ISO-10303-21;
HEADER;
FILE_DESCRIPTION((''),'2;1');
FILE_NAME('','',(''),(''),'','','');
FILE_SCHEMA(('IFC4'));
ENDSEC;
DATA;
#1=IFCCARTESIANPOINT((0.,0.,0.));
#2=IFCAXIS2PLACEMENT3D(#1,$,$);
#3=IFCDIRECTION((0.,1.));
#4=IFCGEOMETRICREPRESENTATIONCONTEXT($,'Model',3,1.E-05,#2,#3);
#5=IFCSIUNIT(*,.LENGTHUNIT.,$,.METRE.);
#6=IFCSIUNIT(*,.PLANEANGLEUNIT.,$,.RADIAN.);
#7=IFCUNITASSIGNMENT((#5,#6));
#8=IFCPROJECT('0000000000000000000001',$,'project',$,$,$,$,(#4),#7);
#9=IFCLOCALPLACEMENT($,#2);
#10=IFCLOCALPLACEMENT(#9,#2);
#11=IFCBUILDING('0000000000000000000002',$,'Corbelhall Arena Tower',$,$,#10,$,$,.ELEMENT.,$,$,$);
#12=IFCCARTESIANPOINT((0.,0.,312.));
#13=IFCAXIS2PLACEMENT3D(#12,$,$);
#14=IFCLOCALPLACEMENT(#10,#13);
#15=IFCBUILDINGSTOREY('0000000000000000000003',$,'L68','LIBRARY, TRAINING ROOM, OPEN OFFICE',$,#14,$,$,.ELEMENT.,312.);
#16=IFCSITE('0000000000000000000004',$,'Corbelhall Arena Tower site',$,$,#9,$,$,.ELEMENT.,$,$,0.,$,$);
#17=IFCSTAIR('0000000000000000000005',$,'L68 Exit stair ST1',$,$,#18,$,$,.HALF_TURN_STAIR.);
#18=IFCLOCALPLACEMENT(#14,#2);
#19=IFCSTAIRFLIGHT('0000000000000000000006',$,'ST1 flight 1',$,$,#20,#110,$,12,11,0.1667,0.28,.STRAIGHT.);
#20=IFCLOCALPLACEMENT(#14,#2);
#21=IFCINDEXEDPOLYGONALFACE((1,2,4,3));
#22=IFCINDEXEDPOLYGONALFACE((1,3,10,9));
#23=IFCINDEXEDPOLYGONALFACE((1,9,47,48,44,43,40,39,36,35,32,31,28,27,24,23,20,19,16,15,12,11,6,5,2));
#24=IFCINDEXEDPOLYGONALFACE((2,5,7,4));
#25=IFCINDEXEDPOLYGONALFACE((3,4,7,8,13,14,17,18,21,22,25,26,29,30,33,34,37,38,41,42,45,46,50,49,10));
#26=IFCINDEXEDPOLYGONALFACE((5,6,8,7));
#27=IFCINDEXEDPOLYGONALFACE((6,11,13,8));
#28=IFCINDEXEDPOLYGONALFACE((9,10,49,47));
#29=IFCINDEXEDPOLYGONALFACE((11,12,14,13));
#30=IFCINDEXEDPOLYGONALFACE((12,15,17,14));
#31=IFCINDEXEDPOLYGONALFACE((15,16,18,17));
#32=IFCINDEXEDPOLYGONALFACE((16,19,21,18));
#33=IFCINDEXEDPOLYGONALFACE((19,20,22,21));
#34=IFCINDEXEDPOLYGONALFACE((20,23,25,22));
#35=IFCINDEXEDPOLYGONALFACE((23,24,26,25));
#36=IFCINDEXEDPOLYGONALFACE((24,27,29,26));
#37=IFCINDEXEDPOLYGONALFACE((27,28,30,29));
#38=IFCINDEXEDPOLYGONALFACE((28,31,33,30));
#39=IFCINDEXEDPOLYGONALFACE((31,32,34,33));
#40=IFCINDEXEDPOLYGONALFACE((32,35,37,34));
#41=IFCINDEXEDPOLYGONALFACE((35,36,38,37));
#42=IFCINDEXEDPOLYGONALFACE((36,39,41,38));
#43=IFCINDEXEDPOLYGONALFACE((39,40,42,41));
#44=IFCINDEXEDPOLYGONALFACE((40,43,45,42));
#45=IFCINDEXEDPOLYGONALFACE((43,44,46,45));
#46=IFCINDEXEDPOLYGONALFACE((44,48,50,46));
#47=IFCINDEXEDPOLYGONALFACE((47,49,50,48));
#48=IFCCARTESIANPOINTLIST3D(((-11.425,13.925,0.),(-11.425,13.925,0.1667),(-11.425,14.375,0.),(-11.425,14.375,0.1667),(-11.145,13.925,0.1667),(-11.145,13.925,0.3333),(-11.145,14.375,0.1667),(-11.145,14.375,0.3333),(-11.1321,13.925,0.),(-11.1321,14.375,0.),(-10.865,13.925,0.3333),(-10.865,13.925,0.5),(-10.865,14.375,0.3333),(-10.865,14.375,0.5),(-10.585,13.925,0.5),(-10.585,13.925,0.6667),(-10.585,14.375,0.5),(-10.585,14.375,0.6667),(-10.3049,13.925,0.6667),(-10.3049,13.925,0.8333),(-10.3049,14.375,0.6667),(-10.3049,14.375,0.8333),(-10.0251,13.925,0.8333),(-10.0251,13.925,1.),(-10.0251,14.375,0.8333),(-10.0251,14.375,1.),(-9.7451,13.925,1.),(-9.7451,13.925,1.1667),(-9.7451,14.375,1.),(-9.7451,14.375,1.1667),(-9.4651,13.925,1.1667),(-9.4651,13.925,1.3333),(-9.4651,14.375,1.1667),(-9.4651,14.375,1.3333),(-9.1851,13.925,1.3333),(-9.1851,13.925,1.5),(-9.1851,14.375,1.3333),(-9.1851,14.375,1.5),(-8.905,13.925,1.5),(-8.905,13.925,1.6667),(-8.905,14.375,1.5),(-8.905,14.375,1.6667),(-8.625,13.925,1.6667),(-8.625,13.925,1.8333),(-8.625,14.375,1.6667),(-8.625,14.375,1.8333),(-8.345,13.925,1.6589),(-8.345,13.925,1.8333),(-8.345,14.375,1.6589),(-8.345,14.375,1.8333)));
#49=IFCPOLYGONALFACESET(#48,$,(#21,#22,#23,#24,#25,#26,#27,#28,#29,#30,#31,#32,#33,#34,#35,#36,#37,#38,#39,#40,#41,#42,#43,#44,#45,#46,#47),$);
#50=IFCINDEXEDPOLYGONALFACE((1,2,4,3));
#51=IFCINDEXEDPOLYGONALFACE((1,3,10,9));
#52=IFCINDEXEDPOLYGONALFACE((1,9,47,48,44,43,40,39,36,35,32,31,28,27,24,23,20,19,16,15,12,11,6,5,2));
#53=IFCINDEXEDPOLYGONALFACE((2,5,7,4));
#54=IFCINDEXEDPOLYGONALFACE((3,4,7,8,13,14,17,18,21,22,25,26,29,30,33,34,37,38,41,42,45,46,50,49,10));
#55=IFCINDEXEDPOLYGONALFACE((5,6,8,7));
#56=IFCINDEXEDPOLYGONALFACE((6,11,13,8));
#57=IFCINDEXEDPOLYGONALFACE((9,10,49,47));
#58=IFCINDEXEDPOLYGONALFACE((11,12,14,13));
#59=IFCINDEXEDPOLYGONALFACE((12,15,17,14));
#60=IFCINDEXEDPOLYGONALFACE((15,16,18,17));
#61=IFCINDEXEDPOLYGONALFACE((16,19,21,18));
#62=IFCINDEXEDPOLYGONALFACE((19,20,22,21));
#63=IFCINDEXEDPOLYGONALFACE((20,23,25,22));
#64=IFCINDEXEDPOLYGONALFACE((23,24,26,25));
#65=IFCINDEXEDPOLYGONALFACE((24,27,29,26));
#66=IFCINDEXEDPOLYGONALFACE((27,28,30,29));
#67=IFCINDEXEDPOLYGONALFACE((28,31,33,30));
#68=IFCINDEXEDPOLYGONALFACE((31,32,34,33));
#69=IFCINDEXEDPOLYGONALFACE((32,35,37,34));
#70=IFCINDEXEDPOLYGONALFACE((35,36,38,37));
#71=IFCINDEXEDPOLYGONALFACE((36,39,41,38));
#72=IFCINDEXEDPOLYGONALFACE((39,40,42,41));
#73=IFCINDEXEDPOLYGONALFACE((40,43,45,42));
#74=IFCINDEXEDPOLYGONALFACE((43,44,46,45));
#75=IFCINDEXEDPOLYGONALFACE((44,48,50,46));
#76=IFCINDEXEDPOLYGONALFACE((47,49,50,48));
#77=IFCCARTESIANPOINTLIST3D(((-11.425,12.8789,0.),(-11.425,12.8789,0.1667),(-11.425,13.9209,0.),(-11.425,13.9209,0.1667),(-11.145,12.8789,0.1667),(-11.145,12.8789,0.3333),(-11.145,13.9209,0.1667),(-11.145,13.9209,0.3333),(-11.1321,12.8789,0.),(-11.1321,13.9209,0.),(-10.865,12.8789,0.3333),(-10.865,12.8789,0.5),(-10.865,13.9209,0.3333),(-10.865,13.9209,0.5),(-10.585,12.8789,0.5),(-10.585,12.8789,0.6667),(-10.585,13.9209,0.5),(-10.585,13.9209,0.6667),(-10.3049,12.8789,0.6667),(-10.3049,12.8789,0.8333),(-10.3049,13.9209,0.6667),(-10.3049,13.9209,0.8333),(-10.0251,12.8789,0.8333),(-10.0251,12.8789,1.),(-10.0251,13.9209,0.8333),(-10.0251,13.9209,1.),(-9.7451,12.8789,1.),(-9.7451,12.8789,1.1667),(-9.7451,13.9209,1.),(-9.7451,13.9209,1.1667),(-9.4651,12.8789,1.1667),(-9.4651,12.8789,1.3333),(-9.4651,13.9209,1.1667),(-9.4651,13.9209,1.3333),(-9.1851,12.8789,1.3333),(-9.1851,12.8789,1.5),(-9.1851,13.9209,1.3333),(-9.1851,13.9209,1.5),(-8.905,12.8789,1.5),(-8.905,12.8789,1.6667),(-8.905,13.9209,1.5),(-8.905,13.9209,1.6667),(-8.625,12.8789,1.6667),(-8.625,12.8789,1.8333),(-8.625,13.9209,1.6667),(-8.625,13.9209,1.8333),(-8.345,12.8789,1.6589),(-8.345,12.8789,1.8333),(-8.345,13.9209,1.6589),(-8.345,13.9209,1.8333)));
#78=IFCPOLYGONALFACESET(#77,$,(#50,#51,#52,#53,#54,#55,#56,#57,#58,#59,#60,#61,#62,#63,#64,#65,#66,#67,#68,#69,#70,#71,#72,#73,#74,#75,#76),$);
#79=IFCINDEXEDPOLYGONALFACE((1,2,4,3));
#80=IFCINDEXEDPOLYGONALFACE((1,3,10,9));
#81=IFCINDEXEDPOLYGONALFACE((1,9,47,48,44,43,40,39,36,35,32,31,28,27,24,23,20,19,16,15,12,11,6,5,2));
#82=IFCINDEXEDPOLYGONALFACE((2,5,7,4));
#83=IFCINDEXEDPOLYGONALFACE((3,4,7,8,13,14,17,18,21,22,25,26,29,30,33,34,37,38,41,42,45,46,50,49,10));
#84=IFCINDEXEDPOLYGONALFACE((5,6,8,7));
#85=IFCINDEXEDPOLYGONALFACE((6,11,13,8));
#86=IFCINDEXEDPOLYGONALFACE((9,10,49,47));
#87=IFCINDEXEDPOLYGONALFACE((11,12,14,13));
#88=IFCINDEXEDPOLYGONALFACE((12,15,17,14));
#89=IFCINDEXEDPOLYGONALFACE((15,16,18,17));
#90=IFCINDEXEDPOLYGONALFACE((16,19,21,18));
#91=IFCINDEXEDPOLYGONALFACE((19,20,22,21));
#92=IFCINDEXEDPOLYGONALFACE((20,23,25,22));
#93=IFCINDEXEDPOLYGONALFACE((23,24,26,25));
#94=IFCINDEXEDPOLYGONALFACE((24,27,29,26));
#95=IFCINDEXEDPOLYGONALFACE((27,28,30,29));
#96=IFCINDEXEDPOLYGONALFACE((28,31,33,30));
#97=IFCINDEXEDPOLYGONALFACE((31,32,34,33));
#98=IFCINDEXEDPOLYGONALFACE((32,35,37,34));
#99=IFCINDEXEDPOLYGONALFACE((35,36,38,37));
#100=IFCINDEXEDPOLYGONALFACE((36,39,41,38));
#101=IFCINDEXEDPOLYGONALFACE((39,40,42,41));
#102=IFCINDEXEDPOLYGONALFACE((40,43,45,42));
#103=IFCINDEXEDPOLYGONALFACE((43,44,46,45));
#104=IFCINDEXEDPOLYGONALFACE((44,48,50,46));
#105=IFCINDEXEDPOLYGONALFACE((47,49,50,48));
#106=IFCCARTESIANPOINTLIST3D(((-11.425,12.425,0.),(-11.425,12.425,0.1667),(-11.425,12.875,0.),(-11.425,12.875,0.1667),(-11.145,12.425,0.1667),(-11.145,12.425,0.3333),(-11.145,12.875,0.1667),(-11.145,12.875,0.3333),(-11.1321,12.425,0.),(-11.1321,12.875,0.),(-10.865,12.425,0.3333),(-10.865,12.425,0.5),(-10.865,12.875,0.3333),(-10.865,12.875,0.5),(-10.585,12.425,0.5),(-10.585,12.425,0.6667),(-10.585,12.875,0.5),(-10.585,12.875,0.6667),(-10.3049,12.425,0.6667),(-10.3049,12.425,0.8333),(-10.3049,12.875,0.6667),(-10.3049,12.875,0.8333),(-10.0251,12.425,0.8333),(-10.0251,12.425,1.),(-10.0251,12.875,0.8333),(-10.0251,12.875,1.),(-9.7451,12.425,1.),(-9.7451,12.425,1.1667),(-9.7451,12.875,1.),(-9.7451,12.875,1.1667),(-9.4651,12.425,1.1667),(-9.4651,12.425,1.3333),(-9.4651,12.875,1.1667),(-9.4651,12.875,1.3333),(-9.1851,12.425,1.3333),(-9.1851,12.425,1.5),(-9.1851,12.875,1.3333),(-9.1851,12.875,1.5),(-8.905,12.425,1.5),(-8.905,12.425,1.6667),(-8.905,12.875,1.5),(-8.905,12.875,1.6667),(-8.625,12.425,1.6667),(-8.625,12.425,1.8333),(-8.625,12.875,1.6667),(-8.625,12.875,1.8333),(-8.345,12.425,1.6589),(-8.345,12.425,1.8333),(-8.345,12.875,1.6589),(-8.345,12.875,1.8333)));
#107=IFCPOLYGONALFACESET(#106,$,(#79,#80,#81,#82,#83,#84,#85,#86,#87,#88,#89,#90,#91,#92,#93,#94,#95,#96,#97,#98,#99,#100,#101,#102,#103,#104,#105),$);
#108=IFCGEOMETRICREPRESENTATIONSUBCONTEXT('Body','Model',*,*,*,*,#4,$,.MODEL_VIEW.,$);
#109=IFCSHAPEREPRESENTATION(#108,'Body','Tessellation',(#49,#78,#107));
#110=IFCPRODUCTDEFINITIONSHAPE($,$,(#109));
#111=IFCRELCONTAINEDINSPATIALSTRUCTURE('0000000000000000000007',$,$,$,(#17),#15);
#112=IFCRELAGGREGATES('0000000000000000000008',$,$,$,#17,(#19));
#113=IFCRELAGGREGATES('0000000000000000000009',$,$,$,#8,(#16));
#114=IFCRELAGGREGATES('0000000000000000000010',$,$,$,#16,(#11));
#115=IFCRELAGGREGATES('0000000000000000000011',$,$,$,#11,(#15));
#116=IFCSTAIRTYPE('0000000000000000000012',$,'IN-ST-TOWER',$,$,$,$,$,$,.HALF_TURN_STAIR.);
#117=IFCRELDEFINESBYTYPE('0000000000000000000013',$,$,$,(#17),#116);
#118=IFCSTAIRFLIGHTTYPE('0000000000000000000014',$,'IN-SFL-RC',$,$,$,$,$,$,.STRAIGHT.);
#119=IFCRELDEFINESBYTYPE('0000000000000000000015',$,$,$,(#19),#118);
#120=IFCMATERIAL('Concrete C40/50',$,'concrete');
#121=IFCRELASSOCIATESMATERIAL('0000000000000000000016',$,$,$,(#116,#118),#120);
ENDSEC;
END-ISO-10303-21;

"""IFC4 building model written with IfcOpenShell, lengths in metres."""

from ifc_helpers import new_model, si_unit, direction, frame, origin, place, context, subcontext, project, spatial, polyline, outline, extrude, material, type_object, element, aggregate, save


model = new_model("IFC4")

# Units and contexts
model_context = context("Model", 3, precision=1e-05, world=origin(), true_north=direction((0.0, 1.0)))
body_context = subcontext(model_context, "Body", "Model", "MODEL_VIEW")
ifc_project = project(units=[si_unit("LENGTHUNIT", "METRE"), si_unit("PLANEANGLEUNIT", "RADIAN")], contexts=[model_context])

# Site, building, storey
site_placement = place(None, origin())
site = spatial("IfcSite", under=ifc_project, at=site_placement, Name="Corbelhall Arena Tower site", CompositionType="ELEMENT", RefElevation=0.0)
building_placement = place(site_placement, origin())
building = spatial("IfcBuilding", under=site, at=building_placement, Name="Corbelhall Arena Tower", CompositionType="ELEMENT")
storey_placement = place(building_placement, frame((0.0, 0.0, 312.0)))
storey = spatial("IfcBuildingStorey", under=building, at=storey_placement, Name="L68", Description="LIBRARY, TRAINING ROOM, OPEN OFFICE", CompositionType="ELEMENT", Elevation=312.0)

# Shared definitions
ifc_material_1 = material(Name="Concrete C40/50", Category="concrete")

# Stair, stair flight
stair_type = type_object("IfcStairType", Name="IN-ST-TOWER", PredefinedType="HALF_TURN_STAIR", material=ifc_material_1)
stair_placement = place(storey_placement, origin())
stair = element("IfcStair", 1, at=stair_placement, inside=storey, type_object=stair_type, Name="L68 Exit stair ST1", PredefinedType="HALF_TURN_STAIR")
stair_flight_type = type_object("IfcStairFlightType", Name="IN-SFL-RC", PredefinedType="STRAIGHT", material=ifc_material_1)
stair_flight_placement = place(storey_placement, frame((-11.425, 13.3999, 0.0), z_axis=(0.0, 0.0, 1.0), x_axis=(1.0, 0.0, 0.0)))
stair_flight = element("IfcStairFlight", 2, at=stair_flight_placement, type_object=stair_flight_type, Name="ST1 flight 1", NumberOfRisers=12, NumberOfTreads=11, PredefinedType="STRAIGHT", RiserHeight=0.1667, TreadLength=0.28, context=body_context, shape_type="SweptSolid", body=[
    extrude(outline(polyline([(0.0, 0.0), (0.0, 0.1667), (0.28, 0.1667), (0.28, 0.3333), (0.5601, 0.3333), (0.5601, 0.5), (0.8401, 0.5), (0.8401, 0.6667), (1.1201, 0.6667), (1.1201, 0.8333), (1.3999, 0.8333), (1.3999, 1.0), (1.6799, 1.0), (1.6799, 1.1667), (1.96, 1.1667), (1.96, 1.3333), (2.24, 1.3333), (2.24, 1.5), (2.52, 1.5), (2.52, 1.6667), (2.8, 1.6667), (2.8, 1.8333), (3.0801, 1.8333), (3.0801, 2.0), (3.0801, 1.6589), (0.293, 0.0), (0.0, 0.0)])), frame((0.0, 0.9751, 0.0), z_axis=(0.0, -1.0, 0.0), x_axis=(1.0, 0.0, 0.0)), (0.0, 0.0, 1.0), 0.45),
    extrude(outline(polyline([(0.0, 0.0), (0.0, 0.1667), (0.28, 0.1667), (0.28, 0.3333), (0.5601, 0.3333), (0.5601, 0.5), (0.8401, 0.5), (0.8401, 0.6667), (1.1201, 0.6667), (1.1201, 0.8333), (1.3999, 0.8333), (1.3999, 1.0), (1.6799, 1.0), (1.6799, 1.1667), (1.96, 1.1667), (1.96, 1.3333), (2.24, 1.3333), (2.24, 1.5), (2.52, 1.5), (2.52, 1.6667), (2.8, 1.6667), (2.8, 1.8333), (3.0801, 1.8333), (3.0801, 2.0), (3.0801, 1.6589), (0.293, 0.0), (0.0, 0.0)])), frame((0.0, 0.521, 0.0), z_axis=(0.0, -1.0, 0.0), x_axis=(1.0, 0.0, 0.0)), (0.0, 0.0, 1.0), 1.042),
    extrude(outline(polyline([(0.0, 0.0), (0.0, 0.1667), (0.28, 0.1667), (0.28, 0.3333), (0.5601, 0.3333), (0.5601, 0.5), (0.8401, 0.5), (0.8401, 0.6667), (1.1201, 0.6667), (1.1201, 0.8333), (1.3999, 0.8333), (1.3999, 1.0), (1.6799, 1.0), (1.6799, 1.1667), (1.96, 1.1667), (1.96, 1.3333), (2.24, 1.3333), (2.24, 1.5), (2.52, 1.5), (2.52, 1.6667), (2.8, 1.6667), (2.8, 1.8333), (3.0801, 1.8333), (3.0801, 2.0), (3.0801, 1.6589), (0.293, 0.0), (0.0, 0.0)])), frame((0.0, -0.5249, 0.0), z_axis=(0.0, -1.0, 0.0), x_axis=(1.0, 0.0, 0.0)), (0.0, 0.0, 1.0), 0.45),
])
aggregate(stair, [stair_flight])

save(model, "model.ifc")
